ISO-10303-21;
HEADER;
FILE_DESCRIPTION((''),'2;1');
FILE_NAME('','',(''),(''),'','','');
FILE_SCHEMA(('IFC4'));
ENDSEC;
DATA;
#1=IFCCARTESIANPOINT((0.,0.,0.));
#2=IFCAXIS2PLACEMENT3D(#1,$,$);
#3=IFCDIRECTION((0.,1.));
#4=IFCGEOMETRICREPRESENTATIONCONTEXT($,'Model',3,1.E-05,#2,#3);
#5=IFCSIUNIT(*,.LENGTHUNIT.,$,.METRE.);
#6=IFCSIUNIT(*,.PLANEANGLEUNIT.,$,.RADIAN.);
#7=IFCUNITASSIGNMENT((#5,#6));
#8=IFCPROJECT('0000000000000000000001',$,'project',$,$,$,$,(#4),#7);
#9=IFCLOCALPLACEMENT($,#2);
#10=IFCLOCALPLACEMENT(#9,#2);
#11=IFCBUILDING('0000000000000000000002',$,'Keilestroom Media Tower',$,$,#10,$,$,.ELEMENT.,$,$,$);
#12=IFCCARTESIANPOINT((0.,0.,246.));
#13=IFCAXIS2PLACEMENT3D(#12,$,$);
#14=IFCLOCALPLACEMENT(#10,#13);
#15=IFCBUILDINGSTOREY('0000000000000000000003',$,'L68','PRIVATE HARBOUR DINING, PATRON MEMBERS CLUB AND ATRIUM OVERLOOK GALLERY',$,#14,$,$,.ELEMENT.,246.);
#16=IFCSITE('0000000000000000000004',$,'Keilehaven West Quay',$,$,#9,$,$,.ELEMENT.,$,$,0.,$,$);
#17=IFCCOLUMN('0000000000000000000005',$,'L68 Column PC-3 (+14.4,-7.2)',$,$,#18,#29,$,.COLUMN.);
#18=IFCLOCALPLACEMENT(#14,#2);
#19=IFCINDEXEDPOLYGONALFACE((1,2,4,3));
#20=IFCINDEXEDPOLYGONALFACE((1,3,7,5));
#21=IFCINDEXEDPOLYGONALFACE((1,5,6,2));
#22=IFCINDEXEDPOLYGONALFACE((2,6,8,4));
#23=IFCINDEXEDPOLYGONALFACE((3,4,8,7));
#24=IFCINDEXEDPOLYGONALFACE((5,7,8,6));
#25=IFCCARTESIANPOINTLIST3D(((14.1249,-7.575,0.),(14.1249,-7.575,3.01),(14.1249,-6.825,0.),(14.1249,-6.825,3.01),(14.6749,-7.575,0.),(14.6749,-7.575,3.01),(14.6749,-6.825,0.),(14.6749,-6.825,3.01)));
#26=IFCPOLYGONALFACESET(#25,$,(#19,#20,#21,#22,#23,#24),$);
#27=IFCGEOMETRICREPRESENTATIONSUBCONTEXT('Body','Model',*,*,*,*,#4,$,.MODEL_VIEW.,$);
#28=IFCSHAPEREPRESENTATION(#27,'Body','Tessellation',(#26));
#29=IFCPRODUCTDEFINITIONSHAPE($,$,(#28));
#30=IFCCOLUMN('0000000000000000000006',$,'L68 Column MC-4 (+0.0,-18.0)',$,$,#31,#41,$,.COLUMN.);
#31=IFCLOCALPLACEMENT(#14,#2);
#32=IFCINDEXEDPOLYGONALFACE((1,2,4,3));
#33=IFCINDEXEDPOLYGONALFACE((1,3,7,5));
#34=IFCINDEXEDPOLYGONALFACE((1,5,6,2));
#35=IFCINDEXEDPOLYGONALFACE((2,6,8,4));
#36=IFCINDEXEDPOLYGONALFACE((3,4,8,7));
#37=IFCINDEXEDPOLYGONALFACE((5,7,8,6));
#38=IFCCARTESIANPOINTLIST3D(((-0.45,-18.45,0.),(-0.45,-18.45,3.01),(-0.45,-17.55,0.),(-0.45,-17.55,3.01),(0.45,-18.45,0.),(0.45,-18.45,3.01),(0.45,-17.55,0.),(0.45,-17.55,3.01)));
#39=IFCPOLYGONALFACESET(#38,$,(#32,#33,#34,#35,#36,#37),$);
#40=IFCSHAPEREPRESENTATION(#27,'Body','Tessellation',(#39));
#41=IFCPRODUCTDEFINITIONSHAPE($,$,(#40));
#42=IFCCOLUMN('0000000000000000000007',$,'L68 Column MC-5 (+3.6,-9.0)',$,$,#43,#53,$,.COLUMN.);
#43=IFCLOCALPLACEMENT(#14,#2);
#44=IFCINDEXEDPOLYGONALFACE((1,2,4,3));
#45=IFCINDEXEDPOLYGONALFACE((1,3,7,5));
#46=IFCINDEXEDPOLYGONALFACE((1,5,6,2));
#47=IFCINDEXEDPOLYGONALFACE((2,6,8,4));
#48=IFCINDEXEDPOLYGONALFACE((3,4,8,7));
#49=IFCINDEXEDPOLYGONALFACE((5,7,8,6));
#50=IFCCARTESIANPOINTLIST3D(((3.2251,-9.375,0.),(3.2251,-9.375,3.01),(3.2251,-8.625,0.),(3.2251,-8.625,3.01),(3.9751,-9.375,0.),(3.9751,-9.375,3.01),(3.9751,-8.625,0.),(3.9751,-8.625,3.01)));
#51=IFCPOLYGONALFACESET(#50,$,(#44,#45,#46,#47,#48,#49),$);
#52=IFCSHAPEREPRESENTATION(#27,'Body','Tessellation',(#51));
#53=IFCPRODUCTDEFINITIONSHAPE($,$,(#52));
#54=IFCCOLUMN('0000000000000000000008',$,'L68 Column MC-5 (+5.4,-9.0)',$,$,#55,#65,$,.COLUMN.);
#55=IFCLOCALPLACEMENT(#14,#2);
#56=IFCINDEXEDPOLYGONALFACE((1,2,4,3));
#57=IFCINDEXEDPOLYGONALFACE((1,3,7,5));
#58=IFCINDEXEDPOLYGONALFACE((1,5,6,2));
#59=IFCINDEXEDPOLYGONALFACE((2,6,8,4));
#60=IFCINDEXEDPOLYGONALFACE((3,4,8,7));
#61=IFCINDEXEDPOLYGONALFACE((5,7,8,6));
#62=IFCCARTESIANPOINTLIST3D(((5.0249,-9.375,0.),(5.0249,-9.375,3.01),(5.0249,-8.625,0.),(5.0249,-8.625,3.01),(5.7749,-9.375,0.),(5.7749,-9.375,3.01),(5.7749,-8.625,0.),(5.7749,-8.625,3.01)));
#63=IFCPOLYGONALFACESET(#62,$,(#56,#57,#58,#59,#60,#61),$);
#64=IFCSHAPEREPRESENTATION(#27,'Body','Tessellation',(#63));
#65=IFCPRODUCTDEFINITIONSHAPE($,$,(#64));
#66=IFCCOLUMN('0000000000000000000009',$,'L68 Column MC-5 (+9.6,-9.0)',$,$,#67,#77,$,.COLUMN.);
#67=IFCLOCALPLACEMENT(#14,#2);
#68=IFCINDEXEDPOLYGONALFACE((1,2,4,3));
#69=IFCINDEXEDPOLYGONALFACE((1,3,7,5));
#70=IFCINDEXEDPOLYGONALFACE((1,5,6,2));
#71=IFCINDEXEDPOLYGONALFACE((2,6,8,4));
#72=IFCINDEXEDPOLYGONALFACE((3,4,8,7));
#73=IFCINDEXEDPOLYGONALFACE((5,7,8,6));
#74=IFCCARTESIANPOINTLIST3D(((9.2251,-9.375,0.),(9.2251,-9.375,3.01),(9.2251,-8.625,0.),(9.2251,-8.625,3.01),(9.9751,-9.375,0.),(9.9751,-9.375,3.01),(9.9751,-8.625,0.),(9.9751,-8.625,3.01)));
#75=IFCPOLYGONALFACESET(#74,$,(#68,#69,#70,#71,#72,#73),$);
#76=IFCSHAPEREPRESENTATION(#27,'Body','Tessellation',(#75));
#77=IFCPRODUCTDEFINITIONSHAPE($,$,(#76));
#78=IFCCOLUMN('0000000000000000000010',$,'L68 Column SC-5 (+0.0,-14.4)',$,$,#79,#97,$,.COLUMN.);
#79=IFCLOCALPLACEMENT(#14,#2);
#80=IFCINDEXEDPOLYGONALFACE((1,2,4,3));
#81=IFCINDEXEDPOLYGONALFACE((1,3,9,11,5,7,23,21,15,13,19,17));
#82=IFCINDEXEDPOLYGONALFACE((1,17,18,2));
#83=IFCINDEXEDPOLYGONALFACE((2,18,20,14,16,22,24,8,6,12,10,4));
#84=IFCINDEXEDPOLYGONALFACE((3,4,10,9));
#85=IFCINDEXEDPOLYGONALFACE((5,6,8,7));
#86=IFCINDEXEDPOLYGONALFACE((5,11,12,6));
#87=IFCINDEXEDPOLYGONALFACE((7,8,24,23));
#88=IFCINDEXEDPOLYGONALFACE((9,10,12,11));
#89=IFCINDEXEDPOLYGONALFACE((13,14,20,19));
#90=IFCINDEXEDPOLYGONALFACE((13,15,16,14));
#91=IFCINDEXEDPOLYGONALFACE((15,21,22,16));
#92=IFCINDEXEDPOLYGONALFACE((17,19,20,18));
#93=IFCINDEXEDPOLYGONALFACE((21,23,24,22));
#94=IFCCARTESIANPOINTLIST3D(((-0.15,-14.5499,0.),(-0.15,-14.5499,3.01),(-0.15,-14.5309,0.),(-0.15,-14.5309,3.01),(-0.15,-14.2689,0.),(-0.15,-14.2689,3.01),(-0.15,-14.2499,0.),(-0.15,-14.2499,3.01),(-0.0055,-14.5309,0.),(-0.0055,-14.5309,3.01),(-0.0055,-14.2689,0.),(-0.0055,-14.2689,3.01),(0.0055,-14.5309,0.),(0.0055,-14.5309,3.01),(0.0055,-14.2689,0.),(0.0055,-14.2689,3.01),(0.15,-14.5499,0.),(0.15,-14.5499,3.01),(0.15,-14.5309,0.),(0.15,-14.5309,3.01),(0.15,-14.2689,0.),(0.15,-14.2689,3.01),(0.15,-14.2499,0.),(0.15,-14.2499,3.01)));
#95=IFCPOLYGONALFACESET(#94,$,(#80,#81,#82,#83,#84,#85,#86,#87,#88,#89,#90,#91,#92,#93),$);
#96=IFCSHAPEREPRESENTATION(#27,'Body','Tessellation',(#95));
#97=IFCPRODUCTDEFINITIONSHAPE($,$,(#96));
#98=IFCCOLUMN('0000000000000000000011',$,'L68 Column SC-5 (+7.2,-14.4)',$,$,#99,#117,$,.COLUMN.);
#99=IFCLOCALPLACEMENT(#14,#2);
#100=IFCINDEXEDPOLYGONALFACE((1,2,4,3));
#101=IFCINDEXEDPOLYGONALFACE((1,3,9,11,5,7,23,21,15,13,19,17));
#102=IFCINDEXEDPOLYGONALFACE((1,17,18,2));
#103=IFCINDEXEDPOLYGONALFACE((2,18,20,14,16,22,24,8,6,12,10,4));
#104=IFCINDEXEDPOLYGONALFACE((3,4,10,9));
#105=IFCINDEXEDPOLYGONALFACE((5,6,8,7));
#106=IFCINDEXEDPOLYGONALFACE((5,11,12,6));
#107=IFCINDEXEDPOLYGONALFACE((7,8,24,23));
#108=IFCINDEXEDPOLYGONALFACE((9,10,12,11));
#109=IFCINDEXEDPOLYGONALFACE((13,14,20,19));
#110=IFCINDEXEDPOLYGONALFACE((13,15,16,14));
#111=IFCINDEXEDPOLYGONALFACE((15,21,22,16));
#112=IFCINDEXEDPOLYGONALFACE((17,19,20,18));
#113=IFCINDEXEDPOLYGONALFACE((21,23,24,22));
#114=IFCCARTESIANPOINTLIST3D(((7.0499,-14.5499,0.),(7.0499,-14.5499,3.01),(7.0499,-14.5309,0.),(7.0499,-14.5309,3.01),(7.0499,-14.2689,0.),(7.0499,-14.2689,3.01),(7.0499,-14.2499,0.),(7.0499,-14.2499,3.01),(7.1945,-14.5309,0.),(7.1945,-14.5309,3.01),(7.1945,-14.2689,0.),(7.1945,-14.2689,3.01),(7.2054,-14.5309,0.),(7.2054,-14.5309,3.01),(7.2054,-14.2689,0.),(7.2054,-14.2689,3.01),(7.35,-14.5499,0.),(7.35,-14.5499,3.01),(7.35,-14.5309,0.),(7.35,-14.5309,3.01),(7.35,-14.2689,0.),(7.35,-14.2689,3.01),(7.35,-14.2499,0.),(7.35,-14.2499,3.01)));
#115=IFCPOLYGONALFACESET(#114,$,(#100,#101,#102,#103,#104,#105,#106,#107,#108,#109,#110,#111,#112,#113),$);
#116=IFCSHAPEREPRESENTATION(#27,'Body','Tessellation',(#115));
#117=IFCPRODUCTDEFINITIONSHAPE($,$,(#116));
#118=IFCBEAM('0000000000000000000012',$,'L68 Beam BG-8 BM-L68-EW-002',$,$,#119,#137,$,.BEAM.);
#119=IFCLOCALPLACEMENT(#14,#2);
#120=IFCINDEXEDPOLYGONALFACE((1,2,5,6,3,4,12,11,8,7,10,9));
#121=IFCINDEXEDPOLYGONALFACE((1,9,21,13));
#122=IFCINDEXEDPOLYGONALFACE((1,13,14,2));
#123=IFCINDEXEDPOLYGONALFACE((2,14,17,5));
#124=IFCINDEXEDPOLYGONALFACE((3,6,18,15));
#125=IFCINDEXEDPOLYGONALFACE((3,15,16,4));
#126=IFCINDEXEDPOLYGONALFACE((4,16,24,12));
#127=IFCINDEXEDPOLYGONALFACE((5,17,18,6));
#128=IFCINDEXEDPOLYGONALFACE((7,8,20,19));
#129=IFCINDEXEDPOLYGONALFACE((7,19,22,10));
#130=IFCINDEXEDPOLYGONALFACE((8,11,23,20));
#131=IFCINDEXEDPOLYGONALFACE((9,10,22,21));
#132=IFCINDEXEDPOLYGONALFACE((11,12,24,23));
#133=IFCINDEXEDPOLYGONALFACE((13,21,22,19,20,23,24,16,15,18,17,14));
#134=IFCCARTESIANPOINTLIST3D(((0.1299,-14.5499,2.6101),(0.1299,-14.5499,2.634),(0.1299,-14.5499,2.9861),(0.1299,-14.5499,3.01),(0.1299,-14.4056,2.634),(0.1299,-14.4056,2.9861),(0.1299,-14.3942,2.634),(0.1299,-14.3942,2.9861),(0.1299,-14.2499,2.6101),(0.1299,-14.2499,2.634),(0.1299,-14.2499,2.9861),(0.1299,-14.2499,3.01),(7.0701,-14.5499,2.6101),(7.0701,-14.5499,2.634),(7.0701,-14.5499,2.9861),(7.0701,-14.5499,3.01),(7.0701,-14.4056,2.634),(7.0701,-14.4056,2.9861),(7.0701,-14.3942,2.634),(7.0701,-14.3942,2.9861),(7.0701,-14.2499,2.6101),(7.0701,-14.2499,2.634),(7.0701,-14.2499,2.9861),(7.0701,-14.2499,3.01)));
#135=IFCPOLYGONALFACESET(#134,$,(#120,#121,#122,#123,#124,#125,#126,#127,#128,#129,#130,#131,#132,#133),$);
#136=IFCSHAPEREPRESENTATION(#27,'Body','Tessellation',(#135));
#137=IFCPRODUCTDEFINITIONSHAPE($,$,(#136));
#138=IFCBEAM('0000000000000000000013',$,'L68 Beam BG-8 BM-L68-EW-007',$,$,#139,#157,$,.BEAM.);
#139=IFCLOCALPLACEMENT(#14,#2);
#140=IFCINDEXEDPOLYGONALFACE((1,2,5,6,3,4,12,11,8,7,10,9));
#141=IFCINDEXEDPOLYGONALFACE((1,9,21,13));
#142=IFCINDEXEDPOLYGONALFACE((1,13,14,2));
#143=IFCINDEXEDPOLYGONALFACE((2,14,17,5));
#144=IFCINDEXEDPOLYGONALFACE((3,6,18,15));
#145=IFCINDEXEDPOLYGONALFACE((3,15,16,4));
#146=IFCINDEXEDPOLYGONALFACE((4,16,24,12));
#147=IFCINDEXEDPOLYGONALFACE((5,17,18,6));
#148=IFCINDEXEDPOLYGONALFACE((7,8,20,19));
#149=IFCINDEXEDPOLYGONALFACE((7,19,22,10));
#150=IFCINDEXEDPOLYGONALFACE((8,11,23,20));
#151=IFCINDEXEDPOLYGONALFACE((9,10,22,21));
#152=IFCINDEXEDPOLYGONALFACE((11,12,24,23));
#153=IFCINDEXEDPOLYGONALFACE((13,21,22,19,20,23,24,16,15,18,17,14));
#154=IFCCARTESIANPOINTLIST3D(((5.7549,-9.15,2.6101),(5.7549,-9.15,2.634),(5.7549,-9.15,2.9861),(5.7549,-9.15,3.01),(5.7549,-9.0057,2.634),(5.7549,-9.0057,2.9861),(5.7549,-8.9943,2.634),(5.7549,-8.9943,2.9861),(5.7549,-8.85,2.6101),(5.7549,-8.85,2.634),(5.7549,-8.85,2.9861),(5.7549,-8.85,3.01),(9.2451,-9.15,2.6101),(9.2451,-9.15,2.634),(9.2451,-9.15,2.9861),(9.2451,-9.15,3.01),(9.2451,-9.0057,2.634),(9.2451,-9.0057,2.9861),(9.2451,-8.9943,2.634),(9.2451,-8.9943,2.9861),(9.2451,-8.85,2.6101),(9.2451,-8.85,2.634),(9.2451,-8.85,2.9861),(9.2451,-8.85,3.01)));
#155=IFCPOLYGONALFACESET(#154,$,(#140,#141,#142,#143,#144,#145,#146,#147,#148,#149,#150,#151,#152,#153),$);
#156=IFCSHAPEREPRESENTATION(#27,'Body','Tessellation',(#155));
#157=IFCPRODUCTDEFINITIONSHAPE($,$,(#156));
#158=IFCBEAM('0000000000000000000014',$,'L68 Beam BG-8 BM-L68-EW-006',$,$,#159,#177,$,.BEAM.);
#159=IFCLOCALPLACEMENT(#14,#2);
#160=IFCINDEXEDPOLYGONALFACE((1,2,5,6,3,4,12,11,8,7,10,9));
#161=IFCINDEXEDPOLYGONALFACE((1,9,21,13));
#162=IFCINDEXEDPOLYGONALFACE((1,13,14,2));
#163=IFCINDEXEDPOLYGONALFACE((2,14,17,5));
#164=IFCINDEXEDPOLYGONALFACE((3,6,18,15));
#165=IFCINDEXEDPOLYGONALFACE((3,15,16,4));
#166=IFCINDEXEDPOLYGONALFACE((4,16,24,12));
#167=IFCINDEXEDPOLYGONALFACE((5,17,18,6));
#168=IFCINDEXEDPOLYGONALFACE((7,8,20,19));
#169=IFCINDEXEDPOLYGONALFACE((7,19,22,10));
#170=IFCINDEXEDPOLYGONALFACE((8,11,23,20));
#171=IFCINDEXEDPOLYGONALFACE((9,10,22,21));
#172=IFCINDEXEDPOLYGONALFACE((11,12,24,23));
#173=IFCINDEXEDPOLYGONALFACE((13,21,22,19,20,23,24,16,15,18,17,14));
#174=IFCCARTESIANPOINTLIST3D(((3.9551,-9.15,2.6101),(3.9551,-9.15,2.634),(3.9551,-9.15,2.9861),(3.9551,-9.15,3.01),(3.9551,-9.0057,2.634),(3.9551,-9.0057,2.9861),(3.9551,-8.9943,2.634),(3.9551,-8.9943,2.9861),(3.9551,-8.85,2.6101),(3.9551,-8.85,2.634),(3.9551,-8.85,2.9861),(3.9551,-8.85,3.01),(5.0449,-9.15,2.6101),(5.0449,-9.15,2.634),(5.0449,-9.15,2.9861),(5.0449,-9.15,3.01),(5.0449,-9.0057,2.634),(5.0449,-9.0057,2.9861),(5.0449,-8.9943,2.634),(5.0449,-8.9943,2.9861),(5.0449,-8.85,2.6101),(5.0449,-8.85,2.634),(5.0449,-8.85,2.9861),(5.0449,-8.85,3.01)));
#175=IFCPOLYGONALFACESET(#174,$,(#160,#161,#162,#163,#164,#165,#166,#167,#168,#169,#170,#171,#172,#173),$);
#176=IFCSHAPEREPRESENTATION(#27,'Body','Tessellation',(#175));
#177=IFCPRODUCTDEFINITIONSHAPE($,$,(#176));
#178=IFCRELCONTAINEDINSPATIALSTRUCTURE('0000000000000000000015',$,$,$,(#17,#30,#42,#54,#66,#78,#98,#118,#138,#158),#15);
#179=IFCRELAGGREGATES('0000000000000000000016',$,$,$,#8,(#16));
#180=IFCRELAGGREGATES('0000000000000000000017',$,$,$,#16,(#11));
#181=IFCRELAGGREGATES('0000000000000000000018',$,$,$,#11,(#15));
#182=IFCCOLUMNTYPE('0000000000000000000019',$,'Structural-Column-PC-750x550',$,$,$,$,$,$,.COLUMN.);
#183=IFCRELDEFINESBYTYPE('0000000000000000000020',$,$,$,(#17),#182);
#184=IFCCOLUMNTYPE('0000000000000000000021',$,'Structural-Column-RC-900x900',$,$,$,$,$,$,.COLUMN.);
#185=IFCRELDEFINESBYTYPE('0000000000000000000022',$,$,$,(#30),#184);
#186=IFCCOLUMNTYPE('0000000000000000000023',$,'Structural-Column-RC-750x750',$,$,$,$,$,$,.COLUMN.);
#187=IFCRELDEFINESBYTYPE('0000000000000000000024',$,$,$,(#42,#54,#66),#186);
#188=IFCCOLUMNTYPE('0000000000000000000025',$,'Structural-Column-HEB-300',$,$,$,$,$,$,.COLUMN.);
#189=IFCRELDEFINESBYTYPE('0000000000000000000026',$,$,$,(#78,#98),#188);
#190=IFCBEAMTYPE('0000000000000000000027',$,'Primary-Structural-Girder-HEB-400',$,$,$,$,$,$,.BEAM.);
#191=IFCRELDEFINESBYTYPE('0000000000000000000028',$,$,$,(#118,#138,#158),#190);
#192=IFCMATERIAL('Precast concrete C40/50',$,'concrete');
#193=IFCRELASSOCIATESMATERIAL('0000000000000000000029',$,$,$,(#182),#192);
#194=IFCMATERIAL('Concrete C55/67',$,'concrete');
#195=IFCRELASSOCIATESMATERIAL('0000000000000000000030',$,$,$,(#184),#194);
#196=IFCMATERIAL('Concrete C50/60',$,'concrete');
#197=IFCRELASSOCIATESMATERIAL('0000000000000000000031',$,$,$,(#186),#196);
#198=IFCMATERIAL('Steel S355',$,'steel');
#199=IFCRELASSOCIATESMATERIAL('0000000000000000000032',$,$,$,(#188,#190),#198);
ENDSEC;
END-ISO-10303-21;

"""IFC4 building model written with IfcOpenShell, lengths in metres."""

from ifc_helpers import new_model, si_unit, direction, frame, origin, origin_2d, place, context, subcontext, project, spatial, rectangle, i_section, extrude, source, transform, mapped, material, material_profile, profile_set, type_object, element, save


model = new_model("IFC4")

# Units and contexts
model_context = context("Model", 3, precision=1e-05, world=origin(), true_north=direction((0.0, 1.0)))
body_context = subcontext(model_context, "Body", "Model", "MODEL_VIEW")
ifc_project = project(units=[si_unit("LENGTHUNIT", "METRE"), si_unit("PLANEANGLEUNIT", "RADIAN")], contexts=[model_context])

# Site, building, storey
site_placement = place(None, origin())
site = spatial("IfcSite", under=ifc_project, at=site_placement, Name="Keilehaven West Quay", CompositionType="ELEMENT", RefElevation=0.0)
building_placement = place(site_placement, origin())
building = spatial("IfcBuilding", under=site, at=building_placement, Name="Keilestroom Media Tower", CompositionType="ELEMENT")
storey_placement = place(building_placement, frame((0.0, 0.0, 246.0)))
storey = spatial("IfcBuildingStorey", under=building, at=storey_placement, Name="L68", Description="PRIVATE HARBOUR DINING, PATRON MEMBERS CLUB AND ATRIUM OVERLOOK GALLERY", CompositionType="ELEMENT", Elevation=246.0)

# Columns
ifc_material_1 = material(Name="Precast concrete C40/50", Category="concrete")
ifc_material_profile_1 = material_profile(ifc_material_1, rectangle(XDim=0.55, YDim=0.75, at=origin_2d()), Name="PC 750x550")
ifc_profile_set_1 = profile_set([ifc_material_profile_1], Name="Precast concrete C40/50")
column_type_1 = type_object("IfcColumnType", Name="Structural-Column-PC-750x550", PredefinedType="COLUMN", material=ifc_profile_set_1)
shared_shape_1 = source(origin(), body_context, "Body", "SweptSolid", [
    extrude(rectangle(XDim=0.55, YDim=0.75, at=origin_2d()), origin(), (0.0, 0.0, 1.0), 3.01),
])
column_1_placement = place(storey_placement, frame((14.3999, -7.2, 0.0), z_axis=(0.0, 0.0, 1.0), x_axis=(1.0, 0.0, 0.0)))
element("IfcColumn", 1, at=column_1_placement, inside=storey, type_object=column_type_1, Name="L68 Column PC-3 (+14.4,-7.2)", PredefinedType="COLUMN", context=body_context, shape_type="MappedRepresentation", body=[
    mapped(shared_shape_1, transform((0.0, 0.0, 0.0), x_axis=(1.0, 0.0, 0.0), y_axis=(0.0, 1.0, 0.0), z_axis=(0.0, 0.0, 1.0), scale=1.0)),
])
ifc_material_2 = material(Name="Concrete C55/67", Category="concrete")
ifc_material_profile_2 = material_profile(ifc_material_2, rectangle(XDim=0.8999, YDim=0.8999, at=origin_2d()), Name="RC 900x900")
ifc_profile_set_2 = profile_set([ifc_material_profile_2], Name="Concrete C55/67")
column_type_2 = type_object("IfcColumnType", Name="Structural-Column-RC-900x900", PredefinedType="COLUMN", material=ifc_profile_set_2)
shared_shape_2 = source(origin(), body_context, "Body", "SweptSolid", [
    extrude(rectangle(XDim=0.8999, YDim=0.8999, at=origin_2d()), origin(), (0.0, 0.0, 1.0), 3.01),
])
column_2_placement = place(storey_placement, frame((0.0, -18.0, 0.0), z_axis=(0.0, 0.0, 1.0), x_axis=(1.0, 0.0, 0.0)))
element("IfcColumn", 2, at=column_2_placement, inside=storey, type_object=column_type_2, Name="L68 Column MC-4 (+0.0,-18.0)", PredefinedType="COLUMN", context=body_context, shape_type="MappedRepresentation", body=[
    mapped(shared_shape_2, transform((0.0, 0.0, 0.0), x_axis=(1.0, 0.0, 0.0), y_axis=(0.0, 1.0, 0.0), z_axis=(0.0, 0.0, 1.0), scale=1.0)),
])
ifc_material_3 = material(Name="Concrete C50/60", Category="concrete")
ifc_material_profile_3 = material_profile(ifc_material_3, rectangle(XDim=0.75, YDim=0.75, at=origin_2d()), Name="RC 750x750")
ifc_profile_set_3 = profile_set([ifc_material_profile_3], Name="Concrete C50/60")
column_type_3 = type_object("IfcColumnType", Name="Structural-Column-RC-750x750", PredefinedType="COLUMN", material=ifc_profile_set_3)
shared_shape_3 = source(origin(), body_context, "Body", "SweptSolid", [
    extrude(rectangle(XDim=0.75, YDim=0.75, at=origin_2d()), origin(), (0.0, 0.0, 1.0), 3.01),
])
for number, where, z_axis, x_axis, name in (
    (3, (3.6001, -9.0, 0.0), (0.0, 0.0, 1.0), (1.0, 0.0, 0.0), "L68 Column MC-5 (+3.6,-9.0)"),
    (4, (5.3999, -9.0, 0.0), (0.0, 0.0, 1.0), (1.0, 0.0, 0.0), "L68 Column MC-5 (+5.4,-9.0)"),
    (5, (9.6001, -9.0, 0.0), (0.0, 0.0, 1.0), (1.0, 0.0, 0.0), "L68 Column MC-5 (+9.6,-9.0)"),
):
    element("IfcColumn", number, at=place(storey_placement, frame(where, z_axis=z_axis, x_axis=x_axis)), inside=storey, type_object=column_type_3, Name=name, PredefinedType="COLUMN", context=body_context, shape_type="MappedRepresentation", body=[
        mapped(shared_shape_3, transform((0.0, 0.0, 0.0), x_axis=(1.0, 0.0, 0.0), y_axis=(0.0, 1.0, 0.0), z_axis=(0.0, 0.0, 1.0), scale=1.0)),
    ])
ifc_material_4 = material(Name="Steel S355", Category="steel")
ifc_material_profile_4 = material_profile(ifc_material_4, i_section(OverallWidth=0.3, OverallDepth=0.3, WebThickness=0.011, FlangeThickness=0.019, at=origin_2d()), Name="HEB 300")
ifc_profile_set_4 = profile_set([ifc_material_profile_4], Name="Steel S355")
column_type_4 = type_object("IfcColumnType", Name="Structural-Column-HEB-300", PredefinedType="COLUMN", material=ifc_profile_set_4)
shared_shape_4 = source(origin(), body_context, "Body", "SweptSolid", [
    extrude(i_section(OverallWidth=0.3, OverallDepth=0.3, WebThickness=0.011, FlangeThickness=0.019, at=origin_2d()), origin(), (0.0, 0.0, 1.0), 3.01),
])
for number, where, z_axis, x_axis, name in (
    (6, (0.0, -14.3999, 0.0), (0.0, 0.0, 1.0), (1.0, 0.0, 0.0), "L68 Column SC-5 (+0.0,-14.4)"),
    (7, (7.2, -14.3999, 0.0), (0.0, 0.0, 1.0), (1.0, 0.0, 0.0), "L68 Column SC-5 (+7.2,-14.4)"),
):
    element("IfcColumn", number, at=place(storey_placement, frame(where, z_axis=z_axis, x_axis=x_axis)), inside=storey, type_object=column_type_4, Name=name, PredefinedType="COLUMN", context=body_context, shape_type="MappedRepresentation", body=[
        mapped(shared_shape_4, transform((0.0, 0.0, 0.0), x_axis=(1.0, 0.0, 0.0), y_axis=(0.0, 1.0, 0.0), z_axis=(0.0, 0.0, 1.0), scale=1.0)),
    ])

# Beams
ifc_material_profile_5 = material_profile(ifc_material_4, i_section(OverallWidth=0.3, OverallDepth=0.3999, WebThickness=0.0115, FlangeThickness=0.0239, at=origin_2d()), Name="HEB 400")
ifc_profile_set_5 = profile_set([ifc_material_profile_5], Name="Steel S355")
beam_type_1 = type_object("IfcBeamType", Name="Primary-Structural-Girder-HEB-400", PredefinedType="BEAM", material=ifc_profile_set_5)
shared_shape_5 = source(origin(), body_context, "Body", "SweptSolid", [
    extrude(i_section(OverallWidth=0.3, OverallDepth=0.3999, WebThickness=0.0115, FlangeThickness=0.0239, at=origin_2d()), origin(), (0.0, 0.0, 1.0), 6.9402),
])
beam_1_placement = place(storey_placement, frame((0.1299, -14.3999, 2.8101), z_axis=(1.0, 0.0, 0.0), x_axis=(0.0, 1.0, 0.0)))
element("IfcBeam", 8, at=beam_1_placement, inside=storey, type_object=beam_type_1, Name="L68 Beam BG-8 BM-L68-EW-002", PredefinedType="BEAM", context=body_context, shape_type="MappedRepresentation", body=[
    mapped(shared_shape_5, transform((0.0, 0.0, 0.0), x_axis=(1.0, 0.0, 0.0), y_axis=(0.0, 1.0, 0.0), z_axis=(0.0, 0.0, 1.0), scale=1.0)),
])
shared_shape_6 = source(origin(), body_context, "Body", "SweptSolid", [
    extrude(i_section(OverallWidth=0.3, OverallDepth=0.3999, WebThickness=0.0115, FlangeThickness=0.0239, at=origin_2d()), origin(), (0.0, 0.0, 1.0), 3.4902),
])
beam_2_placement = place(storey_placement, frame((5.7549, -9.0, 2.8101), z_axis=(1.0, 0.0, 0.0), x_axis=(0.0, 1.0, 0.0)))
element("IfcBeam", 9, at=beam_2_placement, inside=storey, type_object=beam_type_1, Name="L68 Beam BG-8 BM-L68-EW-007", PredefinedType="BEAM", context=body_context, shape_type="MappedRepresentation", body=[
    mapped(shared_shape_6, transform((0.0, 0.0, 0.0), x_axis=(1.0, 0.0, 0.0), y_axis=(0.0, 1.0, 0.0), z_axis=(0.0, 0.0, 1.0), scale=1.0)),
])
shared_shape_7 = source(origin(), body_context, "Body", "SweptSolid", [
    extrude(i_section(OverallWidth=0.3, OverallDepth=0.3999, WebThickness=0.0115, FlangeThickness=0.0239, at=origin_2d()), origin(), (0.0, 0.0, 1.0), 1.0898),
])
beam_3_placement = place(storey_placement, frame((3.9551, -9.0, 2.8101), z_axis=(1.0, 0.0, 0.0), x_axis=(0.0, 1.0, 0.0)))
element("IfcBeam", 10, at=beam_3_placement, inside=storey, type_object=beam_type_1, Name="L68 Beam BG-8 BM-L68-EW-006", PredefinedType="BEAM", context=body_context, shape_type="MappedRepresentation", body=[
    mapped(shared_shape_7, transform((0.0, 0.0, 0.0), x_axis=(1.0, 0.0, 0.0), y_axis=(0.0, 1.0, 0.0), z_axis=(0.0, 0.0, 1.0), scale=1.0)),
])

save(model, "model.ifc")
